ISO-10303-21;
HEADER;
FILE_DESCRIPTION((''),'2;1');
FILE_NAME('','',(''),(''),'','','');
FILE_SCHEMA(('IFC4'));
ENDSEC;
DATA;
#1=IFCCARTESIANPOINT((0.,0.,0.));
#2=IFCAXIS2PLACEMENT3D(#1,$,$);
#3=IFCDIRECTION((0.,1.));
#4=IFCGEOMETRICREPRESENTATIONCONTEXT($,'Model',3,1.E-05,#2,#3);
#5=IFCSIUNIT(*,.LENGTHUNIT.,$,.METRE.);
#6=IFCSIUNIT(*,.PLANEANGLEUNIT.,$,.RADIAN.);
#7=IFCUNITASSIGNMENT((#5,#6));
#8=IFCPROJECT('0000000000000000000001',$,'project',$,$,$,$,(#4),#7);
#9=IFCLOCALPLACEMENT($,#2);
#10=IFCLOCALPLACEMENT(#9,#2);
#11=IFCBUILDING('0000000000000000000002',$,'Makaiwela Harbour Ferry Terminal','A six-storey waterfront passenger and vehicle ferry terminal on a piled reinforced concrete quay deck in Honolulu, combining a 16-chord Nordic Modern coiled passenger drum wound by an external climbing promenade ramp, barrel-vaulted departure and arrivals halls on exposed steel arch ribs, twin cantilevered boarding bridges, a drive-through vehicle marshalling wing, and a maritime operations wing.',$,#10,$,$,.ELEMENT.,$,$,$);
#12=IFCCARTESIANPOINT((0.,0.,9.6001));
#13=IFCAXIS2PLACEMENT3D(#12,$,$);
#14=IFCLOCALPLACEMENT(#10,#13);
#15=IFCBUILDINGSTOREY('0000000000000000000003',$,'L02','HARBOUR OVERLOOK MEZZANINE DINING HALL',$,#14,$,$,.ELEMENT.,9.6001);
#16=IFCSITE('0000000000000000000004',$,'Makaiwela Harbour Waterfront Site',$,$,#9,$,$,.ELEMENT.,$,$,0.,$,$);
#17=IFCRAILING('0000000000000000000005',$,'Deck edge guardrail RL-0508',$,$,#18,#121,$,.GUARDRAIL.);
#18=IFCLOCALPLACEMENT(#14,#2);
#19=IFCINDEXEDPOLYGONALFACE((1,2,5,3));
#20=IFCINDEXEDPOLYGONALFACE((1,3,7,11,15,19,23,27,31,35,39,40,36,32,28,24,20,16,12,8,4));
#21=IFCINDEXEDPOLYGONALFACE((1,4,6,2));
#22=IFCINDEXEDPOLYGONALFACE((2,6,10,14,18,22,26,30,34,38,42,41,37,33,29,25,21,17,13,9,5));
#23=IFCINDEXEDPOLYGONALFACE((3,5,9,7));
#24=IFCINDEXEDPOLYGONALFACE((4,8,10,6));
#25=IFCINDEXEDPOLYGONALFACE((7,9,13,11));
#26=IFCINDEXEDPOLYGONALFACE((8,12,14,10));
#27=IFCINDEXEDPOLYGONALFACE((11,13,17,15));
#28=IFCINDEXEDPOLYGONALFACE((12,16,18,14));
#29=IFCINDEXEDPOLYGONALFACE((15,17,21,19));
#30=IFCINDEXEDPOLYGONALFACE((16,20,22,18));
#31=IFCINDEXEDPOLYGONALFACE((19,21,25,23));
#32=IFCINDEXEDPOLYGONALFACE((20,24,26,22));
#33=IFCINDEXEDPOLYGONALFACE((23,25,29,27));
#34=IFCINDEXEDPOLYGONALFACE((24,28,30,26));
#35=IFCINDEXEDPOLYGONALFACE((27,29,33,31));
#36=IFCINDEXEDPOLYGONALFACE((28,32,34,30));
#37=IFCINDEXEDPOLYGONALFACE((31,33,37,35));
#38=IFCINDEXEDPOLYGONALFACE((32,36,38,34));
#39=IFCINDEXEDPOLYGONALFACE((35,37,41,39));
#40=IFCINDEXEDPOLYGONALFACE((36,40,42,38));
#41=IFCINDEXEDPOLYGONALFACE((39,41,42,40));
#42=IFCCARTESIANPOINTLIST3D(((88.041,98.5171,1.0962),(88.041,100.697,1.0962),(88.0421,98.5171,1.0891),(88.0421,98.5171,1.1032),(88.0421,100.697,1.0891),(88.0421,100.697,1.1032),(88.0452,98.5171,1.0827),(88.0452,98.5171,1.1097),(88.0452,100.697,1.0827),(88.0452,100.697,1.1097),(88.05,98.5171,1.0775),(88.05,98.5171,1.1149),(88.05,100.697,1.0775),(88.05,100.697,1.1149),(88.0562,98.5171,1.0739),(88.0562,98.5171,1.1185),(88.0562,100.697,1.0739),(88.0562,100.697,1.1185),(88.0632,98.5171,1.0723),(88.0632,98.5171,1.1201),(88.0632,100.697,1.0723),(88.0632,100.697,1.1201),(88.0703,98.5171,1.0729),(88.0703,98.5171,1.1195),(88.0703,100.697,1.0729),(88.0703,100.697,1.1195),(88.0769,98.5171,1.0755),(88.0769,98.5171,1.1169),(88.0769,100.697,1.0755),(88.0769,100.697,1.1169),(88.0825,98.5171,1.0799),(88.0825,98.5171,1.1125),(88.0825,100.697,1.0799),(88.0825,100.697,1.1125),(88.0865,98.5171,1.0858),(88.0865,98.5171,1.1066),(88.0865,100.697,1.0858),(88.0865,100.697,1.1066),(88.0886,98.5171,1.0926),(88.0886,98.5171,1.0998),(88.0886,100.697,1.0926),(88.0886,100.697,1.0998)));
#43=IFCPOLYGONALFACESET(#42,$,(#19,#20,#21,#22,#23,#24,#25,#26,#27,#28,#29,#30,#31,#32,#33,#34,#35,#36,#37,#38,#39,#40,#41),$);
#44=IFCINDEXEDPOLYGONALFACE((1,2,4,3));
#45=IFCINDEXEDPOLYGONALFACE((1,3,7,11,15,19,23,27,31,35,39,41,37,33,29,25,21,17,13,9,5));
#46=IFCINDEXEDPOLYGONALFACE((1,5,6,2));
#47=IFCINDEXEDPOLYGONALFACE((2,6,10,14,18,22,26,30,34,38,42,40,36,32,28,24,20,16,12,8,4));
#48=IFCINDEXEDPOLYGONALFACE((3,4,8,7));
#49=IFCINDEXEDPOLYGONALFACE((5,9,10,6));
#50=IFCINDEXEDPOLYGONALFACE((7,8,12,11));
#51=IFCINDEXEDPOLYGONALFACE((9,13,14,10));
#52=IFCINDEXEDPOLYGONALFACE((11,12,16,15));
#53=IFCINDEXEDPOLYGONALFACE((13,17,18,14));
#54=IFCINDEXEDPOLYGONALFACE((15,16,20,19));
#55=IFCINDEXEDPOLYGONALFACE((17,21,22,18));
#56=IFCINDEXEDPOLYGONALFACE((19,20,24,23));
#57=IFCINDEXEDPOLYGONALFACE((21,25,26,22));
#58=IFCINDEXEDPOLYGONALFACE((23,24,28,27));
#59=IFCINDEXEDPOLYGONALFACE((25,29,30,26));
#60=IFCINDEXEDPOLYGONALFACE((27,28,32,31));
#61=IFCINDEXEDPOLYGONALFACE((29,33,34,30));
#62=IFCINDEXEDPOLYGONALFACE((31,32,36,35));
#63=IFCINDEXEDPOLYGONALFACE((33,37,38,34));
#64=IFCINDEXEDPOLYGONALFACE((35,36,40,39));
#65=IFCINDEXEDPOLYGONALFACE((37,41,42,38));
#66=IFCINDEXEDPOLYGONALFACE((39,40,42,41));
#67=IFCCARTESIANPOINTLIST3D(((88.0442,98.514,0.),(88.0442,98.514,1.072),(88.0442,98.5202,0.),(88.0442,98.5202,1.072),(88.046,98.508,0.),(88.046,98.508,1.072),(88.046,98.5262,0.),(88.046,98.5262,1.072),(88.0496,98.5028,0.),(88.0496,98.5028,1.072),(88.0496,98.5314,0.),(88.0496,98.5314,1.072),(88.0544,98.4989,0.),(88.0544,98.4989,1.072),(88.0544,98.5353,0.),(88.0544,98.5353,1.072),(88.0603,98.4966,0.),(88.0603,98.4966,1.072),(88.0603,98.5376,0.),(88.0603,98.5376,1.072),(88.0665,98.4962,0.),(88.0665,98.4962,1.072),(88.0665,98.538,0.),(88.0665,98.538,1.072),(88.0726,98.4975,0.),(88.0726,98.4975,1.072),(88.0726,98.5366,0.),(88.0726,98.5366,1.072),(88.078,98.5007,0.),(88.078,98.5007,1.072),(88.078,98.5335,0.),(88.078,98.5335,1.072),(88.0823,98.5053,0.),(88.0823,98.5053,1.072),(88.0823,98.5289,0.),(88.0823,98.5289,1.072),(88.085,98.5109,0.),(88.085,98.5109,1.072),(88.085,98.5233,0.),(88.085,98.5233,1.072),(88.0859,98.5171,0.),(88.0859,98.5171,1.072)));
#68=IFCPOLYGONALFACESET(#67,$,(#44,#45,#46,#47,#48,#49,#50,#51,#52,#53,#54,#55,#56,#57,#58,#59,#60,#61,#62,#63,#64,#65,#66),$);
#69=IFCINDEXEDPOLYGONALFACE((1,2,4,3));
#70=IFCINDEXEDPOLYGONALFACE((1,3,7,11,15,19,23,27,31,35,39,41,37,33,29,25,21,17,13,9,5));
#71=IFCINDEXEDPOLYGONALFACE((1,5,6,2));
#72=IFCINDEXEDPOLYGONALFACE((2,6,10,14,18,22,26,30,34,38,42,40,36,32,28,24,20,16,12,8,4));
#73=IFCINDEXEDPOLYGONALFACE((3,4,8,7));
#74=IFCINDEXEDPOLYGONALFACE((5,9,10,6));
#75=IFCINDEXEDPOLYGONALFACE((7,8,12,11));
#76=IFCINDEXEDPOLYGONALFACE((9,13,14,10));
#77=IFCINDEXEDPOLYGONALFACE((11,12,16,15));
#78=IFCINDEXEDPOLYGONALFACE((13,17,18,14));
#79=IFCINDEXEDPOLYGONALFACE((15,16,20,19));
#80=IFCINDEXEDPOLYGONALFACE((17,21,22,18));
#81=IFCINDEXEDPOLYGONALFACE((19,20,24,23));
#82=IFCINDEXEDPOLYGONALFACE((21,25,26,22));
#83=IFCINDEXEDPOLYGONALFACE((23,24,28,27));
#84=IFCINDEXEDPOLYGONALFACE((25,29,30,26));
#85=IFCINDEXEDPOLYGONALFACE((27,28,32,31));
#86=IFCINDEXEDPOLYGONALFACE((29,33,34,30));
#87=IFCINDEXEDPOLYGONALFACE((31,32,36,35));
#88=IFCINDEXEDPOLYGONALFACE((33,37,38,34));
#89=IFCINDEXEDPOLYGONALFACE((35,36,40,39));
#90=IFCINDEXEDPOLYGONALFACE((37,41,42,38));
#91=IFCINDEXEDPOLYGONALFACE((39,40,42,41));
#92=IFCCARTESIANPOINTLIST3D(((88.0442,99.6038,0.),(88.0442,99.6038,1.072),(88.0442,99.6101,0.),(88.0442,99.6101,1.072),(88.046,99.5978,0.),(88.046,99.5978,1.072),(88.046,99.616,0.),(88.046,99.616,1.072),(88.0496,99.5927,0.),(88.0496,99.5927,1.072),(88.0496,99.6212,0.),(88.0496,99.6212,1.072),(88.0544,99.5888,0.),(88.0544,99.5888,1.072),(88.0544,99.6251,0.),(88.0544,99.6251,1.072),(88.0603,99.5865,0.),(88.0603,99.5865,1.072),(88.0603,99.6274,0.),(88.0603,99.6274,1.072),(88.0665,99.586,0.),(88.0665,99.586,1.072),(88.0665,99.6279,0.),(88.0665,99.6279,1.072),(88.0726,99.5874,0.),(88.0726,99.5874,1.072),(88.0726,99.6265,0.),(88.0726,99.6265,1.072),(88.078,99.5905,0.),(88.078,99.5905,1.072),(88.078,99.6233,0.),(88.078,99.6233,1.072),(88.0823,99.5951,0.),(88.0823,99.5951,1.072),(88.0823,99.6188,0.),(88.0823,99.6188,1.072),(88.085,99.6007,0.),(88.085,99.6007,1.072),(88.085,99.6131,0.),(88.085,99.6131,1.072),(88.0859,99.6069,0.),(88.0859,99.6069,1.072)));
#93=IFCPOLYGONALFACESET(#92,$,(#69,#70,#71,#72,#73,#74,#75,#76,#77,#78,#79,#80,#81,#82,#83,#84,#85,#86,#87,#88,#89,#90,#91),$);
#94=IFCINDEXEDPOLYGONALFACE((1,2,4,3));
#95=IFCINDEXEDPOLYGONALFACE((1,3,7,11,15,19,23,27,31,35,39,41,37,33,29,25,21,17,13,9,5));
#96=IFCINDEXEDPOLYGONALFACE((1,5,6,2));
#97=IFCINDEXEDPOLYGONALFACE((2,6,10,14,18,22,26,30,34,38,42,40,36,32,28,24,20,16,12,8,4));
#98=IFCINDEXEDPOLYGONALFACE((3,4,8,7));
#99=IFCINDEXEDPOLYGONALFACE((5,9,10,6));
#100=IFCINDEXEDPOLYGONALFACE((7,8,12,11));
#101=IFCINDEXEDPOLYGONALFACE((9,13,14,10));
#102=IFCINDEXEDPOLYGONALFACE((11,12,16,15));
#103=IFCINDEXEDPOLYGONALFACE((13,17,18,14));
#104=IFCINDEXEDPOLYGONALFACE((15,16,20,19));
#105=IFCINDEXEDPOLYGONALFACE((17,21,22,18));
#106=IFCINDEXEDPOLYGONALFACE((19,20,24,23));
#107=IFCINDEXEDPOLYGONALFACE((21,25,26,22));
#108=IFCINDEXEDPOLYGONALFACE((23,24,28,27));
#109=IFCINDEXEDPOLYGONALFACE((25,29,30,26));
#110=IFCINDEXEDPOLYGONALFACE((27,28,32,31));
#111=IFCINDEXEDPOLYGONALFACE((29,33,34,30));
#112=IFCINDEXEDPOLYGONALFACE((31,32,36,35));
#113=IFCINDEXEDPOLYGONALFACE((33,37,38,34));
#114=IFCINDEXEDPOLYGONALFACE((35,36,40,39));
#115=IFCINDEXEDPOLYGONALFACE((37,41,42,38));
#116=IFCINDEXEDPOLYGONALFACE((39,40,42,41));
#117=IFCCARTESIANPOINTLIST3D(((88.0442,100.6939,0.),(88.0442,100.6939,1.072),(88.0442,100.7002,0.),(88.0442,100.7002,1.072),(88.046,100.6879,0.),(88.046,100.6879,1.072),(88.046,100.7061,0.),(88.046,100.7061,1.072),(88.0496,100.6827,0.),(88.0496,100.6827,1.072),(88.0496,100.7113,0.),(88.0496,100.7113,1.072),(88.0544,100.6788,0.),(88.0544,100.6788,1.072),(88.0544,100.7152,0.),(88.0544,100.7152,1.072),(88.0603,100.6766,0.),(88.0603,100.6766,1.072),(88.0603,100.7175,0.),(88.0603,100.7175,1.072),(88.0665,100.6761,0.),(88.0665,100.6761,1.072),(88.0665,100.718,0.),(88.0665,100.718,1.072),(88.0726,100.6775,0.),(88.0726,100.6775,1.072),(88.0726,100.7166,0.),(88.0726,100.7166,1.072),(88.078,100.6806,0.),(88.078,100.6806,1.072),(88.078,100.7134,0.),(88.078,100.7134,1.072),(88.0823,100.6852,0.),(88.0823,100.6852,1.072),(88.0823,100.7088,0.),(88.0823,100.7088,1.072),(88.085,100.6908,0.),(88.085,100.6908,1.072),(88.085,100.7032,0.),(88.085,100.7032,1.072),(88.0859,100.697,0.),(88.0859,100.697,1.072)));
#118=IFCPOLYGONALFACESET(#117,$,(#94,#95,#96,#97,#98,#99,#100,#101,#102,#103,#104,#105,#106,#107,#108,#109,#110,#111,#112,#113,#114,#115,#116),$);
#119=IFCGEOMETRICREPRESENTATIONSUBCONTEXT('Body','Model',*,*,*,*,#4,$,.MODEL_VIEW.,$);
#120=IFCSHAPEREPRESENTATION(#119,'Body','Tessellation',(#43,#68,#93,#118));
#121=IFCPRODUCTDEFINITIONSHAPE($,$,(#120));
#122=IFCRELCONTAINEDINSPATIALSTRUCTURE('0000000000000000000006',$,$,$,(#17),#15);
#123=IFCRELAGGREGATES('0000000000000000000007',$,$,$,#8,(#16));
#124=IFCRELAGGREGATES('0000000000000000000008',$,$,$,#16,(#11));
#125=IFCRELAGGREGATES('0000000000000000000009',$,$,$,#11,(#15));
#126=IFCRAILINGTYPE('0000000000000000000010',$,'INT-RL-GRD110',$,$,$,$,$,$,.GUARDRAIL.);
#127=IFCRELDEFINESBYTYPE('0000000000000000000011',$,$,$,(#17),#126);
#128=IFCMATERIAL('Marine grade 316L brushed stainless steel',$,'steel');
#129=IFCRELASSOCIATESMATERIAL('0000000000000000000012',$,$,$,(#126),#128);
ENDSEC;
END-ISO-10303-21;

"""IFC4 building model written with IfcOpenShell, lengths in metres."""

from ifc_helpers import new_model, si_unit, direction, frame, origin, origin_2d, place, context, subcontext, project, spatial, circle, extrude, material, type_object, element, save


model = new_model("IFC4")

# Units and contexts
model_context = context("Model", 3, precision=1e-05, world=origin(), true_north=direction((0.0, 1.0)))
body_context = subcontext(model_context, "Body", "Model", "MODEL_VIEW")
ifc_project = project(units=[si_unit("LENGTHUNIT", "METRE"), si_unit("PLANEANGLEUNIT", "RADIAN")], contexts=[model_context])

# Site, building, storey
site_placement = place(None, origin())
site = spatial("IfcSite", under=ifc_project, at=site_placement, Name="Makaiwela Harbour Waterfront Site", CompositionType="ELEMENT", RefElevation=0.0)
building_placement = place(site_placement, origin())
building = spatial("IfcBuilding", under=site, at=building_placement, Name="Makaiwela Harbour Ferry Terminal", Description="A six-storey waterfront passenger and vehicle ferry terminal on a piled reinforced concrete quay deck in Honolulu, combining a 16-chord Nordic Modern coiled passenger drum wound by an external climbing promenade ramp, barrel-vaulted departure and arrivals halls on exposed steel arch ribs, twin cantilevered boarding bridges, a drive-through vehicle marshalling wing, and a maritime operations wing.", CompositionType="ELEMENT")
storey_placement = place(building_placement, frame((0.0, 0.0, 9.6001)))
storey = spatial("IfcBuildingStorey", under=building, at=storey_placement, Name="L02", Description="HARBOUR OVERLOOK MEZZANINE DINING HALL", CompositionType="ELEMENT", Elevation=9.6001)

# Railing
ifc_material_1 = material(Name="Marine grade 316L brushed stainless steel", Category="steel")
railing_type = type_object("IfcRailingType", Name="INT-RL-GRD110", PredefinedType="GUARDRAIL", material=ifc_material_1)
railing_1_placement = place(storey_placement, frame((88.0649, 98.5171, 0.0)))
element("IfcRailing", 1, at=railing_1_placement, inside=storey, type_object=railing_type, Name="Deck edge guardrail RL-0508", PredefinedType="GUARDRAIL", context=body_context, shape_type="SweptSolid", body=[
    extrude(circle(Radius=0.0239, at=origin_2d()), frame((0.0, 0.0, 1.0962), z_axis=(0.0, 1.0, 0.0), x_axis=(-1.0, 0.0, 0.0)), (0.0, 0.0, 1.0), 2.1799),
    extrude(circle(Radius=0.021, at=origin_2d()), origin(), (0.0, 0.0, 1.0), 1.072),
    extrude(circle(Radius=0.021, at=origin_2d()), frame((0.0, 1.0898, 0.0)), (0.0, 0.0, 1.0), 1.072),
    extrude(circle(Radius=0.021, at=origin_2d()), frame((0.0, 2.1799, 0.0)), (0.0, 0.0, 1.0), 1.072),
])

save(model, "model.ifc")
